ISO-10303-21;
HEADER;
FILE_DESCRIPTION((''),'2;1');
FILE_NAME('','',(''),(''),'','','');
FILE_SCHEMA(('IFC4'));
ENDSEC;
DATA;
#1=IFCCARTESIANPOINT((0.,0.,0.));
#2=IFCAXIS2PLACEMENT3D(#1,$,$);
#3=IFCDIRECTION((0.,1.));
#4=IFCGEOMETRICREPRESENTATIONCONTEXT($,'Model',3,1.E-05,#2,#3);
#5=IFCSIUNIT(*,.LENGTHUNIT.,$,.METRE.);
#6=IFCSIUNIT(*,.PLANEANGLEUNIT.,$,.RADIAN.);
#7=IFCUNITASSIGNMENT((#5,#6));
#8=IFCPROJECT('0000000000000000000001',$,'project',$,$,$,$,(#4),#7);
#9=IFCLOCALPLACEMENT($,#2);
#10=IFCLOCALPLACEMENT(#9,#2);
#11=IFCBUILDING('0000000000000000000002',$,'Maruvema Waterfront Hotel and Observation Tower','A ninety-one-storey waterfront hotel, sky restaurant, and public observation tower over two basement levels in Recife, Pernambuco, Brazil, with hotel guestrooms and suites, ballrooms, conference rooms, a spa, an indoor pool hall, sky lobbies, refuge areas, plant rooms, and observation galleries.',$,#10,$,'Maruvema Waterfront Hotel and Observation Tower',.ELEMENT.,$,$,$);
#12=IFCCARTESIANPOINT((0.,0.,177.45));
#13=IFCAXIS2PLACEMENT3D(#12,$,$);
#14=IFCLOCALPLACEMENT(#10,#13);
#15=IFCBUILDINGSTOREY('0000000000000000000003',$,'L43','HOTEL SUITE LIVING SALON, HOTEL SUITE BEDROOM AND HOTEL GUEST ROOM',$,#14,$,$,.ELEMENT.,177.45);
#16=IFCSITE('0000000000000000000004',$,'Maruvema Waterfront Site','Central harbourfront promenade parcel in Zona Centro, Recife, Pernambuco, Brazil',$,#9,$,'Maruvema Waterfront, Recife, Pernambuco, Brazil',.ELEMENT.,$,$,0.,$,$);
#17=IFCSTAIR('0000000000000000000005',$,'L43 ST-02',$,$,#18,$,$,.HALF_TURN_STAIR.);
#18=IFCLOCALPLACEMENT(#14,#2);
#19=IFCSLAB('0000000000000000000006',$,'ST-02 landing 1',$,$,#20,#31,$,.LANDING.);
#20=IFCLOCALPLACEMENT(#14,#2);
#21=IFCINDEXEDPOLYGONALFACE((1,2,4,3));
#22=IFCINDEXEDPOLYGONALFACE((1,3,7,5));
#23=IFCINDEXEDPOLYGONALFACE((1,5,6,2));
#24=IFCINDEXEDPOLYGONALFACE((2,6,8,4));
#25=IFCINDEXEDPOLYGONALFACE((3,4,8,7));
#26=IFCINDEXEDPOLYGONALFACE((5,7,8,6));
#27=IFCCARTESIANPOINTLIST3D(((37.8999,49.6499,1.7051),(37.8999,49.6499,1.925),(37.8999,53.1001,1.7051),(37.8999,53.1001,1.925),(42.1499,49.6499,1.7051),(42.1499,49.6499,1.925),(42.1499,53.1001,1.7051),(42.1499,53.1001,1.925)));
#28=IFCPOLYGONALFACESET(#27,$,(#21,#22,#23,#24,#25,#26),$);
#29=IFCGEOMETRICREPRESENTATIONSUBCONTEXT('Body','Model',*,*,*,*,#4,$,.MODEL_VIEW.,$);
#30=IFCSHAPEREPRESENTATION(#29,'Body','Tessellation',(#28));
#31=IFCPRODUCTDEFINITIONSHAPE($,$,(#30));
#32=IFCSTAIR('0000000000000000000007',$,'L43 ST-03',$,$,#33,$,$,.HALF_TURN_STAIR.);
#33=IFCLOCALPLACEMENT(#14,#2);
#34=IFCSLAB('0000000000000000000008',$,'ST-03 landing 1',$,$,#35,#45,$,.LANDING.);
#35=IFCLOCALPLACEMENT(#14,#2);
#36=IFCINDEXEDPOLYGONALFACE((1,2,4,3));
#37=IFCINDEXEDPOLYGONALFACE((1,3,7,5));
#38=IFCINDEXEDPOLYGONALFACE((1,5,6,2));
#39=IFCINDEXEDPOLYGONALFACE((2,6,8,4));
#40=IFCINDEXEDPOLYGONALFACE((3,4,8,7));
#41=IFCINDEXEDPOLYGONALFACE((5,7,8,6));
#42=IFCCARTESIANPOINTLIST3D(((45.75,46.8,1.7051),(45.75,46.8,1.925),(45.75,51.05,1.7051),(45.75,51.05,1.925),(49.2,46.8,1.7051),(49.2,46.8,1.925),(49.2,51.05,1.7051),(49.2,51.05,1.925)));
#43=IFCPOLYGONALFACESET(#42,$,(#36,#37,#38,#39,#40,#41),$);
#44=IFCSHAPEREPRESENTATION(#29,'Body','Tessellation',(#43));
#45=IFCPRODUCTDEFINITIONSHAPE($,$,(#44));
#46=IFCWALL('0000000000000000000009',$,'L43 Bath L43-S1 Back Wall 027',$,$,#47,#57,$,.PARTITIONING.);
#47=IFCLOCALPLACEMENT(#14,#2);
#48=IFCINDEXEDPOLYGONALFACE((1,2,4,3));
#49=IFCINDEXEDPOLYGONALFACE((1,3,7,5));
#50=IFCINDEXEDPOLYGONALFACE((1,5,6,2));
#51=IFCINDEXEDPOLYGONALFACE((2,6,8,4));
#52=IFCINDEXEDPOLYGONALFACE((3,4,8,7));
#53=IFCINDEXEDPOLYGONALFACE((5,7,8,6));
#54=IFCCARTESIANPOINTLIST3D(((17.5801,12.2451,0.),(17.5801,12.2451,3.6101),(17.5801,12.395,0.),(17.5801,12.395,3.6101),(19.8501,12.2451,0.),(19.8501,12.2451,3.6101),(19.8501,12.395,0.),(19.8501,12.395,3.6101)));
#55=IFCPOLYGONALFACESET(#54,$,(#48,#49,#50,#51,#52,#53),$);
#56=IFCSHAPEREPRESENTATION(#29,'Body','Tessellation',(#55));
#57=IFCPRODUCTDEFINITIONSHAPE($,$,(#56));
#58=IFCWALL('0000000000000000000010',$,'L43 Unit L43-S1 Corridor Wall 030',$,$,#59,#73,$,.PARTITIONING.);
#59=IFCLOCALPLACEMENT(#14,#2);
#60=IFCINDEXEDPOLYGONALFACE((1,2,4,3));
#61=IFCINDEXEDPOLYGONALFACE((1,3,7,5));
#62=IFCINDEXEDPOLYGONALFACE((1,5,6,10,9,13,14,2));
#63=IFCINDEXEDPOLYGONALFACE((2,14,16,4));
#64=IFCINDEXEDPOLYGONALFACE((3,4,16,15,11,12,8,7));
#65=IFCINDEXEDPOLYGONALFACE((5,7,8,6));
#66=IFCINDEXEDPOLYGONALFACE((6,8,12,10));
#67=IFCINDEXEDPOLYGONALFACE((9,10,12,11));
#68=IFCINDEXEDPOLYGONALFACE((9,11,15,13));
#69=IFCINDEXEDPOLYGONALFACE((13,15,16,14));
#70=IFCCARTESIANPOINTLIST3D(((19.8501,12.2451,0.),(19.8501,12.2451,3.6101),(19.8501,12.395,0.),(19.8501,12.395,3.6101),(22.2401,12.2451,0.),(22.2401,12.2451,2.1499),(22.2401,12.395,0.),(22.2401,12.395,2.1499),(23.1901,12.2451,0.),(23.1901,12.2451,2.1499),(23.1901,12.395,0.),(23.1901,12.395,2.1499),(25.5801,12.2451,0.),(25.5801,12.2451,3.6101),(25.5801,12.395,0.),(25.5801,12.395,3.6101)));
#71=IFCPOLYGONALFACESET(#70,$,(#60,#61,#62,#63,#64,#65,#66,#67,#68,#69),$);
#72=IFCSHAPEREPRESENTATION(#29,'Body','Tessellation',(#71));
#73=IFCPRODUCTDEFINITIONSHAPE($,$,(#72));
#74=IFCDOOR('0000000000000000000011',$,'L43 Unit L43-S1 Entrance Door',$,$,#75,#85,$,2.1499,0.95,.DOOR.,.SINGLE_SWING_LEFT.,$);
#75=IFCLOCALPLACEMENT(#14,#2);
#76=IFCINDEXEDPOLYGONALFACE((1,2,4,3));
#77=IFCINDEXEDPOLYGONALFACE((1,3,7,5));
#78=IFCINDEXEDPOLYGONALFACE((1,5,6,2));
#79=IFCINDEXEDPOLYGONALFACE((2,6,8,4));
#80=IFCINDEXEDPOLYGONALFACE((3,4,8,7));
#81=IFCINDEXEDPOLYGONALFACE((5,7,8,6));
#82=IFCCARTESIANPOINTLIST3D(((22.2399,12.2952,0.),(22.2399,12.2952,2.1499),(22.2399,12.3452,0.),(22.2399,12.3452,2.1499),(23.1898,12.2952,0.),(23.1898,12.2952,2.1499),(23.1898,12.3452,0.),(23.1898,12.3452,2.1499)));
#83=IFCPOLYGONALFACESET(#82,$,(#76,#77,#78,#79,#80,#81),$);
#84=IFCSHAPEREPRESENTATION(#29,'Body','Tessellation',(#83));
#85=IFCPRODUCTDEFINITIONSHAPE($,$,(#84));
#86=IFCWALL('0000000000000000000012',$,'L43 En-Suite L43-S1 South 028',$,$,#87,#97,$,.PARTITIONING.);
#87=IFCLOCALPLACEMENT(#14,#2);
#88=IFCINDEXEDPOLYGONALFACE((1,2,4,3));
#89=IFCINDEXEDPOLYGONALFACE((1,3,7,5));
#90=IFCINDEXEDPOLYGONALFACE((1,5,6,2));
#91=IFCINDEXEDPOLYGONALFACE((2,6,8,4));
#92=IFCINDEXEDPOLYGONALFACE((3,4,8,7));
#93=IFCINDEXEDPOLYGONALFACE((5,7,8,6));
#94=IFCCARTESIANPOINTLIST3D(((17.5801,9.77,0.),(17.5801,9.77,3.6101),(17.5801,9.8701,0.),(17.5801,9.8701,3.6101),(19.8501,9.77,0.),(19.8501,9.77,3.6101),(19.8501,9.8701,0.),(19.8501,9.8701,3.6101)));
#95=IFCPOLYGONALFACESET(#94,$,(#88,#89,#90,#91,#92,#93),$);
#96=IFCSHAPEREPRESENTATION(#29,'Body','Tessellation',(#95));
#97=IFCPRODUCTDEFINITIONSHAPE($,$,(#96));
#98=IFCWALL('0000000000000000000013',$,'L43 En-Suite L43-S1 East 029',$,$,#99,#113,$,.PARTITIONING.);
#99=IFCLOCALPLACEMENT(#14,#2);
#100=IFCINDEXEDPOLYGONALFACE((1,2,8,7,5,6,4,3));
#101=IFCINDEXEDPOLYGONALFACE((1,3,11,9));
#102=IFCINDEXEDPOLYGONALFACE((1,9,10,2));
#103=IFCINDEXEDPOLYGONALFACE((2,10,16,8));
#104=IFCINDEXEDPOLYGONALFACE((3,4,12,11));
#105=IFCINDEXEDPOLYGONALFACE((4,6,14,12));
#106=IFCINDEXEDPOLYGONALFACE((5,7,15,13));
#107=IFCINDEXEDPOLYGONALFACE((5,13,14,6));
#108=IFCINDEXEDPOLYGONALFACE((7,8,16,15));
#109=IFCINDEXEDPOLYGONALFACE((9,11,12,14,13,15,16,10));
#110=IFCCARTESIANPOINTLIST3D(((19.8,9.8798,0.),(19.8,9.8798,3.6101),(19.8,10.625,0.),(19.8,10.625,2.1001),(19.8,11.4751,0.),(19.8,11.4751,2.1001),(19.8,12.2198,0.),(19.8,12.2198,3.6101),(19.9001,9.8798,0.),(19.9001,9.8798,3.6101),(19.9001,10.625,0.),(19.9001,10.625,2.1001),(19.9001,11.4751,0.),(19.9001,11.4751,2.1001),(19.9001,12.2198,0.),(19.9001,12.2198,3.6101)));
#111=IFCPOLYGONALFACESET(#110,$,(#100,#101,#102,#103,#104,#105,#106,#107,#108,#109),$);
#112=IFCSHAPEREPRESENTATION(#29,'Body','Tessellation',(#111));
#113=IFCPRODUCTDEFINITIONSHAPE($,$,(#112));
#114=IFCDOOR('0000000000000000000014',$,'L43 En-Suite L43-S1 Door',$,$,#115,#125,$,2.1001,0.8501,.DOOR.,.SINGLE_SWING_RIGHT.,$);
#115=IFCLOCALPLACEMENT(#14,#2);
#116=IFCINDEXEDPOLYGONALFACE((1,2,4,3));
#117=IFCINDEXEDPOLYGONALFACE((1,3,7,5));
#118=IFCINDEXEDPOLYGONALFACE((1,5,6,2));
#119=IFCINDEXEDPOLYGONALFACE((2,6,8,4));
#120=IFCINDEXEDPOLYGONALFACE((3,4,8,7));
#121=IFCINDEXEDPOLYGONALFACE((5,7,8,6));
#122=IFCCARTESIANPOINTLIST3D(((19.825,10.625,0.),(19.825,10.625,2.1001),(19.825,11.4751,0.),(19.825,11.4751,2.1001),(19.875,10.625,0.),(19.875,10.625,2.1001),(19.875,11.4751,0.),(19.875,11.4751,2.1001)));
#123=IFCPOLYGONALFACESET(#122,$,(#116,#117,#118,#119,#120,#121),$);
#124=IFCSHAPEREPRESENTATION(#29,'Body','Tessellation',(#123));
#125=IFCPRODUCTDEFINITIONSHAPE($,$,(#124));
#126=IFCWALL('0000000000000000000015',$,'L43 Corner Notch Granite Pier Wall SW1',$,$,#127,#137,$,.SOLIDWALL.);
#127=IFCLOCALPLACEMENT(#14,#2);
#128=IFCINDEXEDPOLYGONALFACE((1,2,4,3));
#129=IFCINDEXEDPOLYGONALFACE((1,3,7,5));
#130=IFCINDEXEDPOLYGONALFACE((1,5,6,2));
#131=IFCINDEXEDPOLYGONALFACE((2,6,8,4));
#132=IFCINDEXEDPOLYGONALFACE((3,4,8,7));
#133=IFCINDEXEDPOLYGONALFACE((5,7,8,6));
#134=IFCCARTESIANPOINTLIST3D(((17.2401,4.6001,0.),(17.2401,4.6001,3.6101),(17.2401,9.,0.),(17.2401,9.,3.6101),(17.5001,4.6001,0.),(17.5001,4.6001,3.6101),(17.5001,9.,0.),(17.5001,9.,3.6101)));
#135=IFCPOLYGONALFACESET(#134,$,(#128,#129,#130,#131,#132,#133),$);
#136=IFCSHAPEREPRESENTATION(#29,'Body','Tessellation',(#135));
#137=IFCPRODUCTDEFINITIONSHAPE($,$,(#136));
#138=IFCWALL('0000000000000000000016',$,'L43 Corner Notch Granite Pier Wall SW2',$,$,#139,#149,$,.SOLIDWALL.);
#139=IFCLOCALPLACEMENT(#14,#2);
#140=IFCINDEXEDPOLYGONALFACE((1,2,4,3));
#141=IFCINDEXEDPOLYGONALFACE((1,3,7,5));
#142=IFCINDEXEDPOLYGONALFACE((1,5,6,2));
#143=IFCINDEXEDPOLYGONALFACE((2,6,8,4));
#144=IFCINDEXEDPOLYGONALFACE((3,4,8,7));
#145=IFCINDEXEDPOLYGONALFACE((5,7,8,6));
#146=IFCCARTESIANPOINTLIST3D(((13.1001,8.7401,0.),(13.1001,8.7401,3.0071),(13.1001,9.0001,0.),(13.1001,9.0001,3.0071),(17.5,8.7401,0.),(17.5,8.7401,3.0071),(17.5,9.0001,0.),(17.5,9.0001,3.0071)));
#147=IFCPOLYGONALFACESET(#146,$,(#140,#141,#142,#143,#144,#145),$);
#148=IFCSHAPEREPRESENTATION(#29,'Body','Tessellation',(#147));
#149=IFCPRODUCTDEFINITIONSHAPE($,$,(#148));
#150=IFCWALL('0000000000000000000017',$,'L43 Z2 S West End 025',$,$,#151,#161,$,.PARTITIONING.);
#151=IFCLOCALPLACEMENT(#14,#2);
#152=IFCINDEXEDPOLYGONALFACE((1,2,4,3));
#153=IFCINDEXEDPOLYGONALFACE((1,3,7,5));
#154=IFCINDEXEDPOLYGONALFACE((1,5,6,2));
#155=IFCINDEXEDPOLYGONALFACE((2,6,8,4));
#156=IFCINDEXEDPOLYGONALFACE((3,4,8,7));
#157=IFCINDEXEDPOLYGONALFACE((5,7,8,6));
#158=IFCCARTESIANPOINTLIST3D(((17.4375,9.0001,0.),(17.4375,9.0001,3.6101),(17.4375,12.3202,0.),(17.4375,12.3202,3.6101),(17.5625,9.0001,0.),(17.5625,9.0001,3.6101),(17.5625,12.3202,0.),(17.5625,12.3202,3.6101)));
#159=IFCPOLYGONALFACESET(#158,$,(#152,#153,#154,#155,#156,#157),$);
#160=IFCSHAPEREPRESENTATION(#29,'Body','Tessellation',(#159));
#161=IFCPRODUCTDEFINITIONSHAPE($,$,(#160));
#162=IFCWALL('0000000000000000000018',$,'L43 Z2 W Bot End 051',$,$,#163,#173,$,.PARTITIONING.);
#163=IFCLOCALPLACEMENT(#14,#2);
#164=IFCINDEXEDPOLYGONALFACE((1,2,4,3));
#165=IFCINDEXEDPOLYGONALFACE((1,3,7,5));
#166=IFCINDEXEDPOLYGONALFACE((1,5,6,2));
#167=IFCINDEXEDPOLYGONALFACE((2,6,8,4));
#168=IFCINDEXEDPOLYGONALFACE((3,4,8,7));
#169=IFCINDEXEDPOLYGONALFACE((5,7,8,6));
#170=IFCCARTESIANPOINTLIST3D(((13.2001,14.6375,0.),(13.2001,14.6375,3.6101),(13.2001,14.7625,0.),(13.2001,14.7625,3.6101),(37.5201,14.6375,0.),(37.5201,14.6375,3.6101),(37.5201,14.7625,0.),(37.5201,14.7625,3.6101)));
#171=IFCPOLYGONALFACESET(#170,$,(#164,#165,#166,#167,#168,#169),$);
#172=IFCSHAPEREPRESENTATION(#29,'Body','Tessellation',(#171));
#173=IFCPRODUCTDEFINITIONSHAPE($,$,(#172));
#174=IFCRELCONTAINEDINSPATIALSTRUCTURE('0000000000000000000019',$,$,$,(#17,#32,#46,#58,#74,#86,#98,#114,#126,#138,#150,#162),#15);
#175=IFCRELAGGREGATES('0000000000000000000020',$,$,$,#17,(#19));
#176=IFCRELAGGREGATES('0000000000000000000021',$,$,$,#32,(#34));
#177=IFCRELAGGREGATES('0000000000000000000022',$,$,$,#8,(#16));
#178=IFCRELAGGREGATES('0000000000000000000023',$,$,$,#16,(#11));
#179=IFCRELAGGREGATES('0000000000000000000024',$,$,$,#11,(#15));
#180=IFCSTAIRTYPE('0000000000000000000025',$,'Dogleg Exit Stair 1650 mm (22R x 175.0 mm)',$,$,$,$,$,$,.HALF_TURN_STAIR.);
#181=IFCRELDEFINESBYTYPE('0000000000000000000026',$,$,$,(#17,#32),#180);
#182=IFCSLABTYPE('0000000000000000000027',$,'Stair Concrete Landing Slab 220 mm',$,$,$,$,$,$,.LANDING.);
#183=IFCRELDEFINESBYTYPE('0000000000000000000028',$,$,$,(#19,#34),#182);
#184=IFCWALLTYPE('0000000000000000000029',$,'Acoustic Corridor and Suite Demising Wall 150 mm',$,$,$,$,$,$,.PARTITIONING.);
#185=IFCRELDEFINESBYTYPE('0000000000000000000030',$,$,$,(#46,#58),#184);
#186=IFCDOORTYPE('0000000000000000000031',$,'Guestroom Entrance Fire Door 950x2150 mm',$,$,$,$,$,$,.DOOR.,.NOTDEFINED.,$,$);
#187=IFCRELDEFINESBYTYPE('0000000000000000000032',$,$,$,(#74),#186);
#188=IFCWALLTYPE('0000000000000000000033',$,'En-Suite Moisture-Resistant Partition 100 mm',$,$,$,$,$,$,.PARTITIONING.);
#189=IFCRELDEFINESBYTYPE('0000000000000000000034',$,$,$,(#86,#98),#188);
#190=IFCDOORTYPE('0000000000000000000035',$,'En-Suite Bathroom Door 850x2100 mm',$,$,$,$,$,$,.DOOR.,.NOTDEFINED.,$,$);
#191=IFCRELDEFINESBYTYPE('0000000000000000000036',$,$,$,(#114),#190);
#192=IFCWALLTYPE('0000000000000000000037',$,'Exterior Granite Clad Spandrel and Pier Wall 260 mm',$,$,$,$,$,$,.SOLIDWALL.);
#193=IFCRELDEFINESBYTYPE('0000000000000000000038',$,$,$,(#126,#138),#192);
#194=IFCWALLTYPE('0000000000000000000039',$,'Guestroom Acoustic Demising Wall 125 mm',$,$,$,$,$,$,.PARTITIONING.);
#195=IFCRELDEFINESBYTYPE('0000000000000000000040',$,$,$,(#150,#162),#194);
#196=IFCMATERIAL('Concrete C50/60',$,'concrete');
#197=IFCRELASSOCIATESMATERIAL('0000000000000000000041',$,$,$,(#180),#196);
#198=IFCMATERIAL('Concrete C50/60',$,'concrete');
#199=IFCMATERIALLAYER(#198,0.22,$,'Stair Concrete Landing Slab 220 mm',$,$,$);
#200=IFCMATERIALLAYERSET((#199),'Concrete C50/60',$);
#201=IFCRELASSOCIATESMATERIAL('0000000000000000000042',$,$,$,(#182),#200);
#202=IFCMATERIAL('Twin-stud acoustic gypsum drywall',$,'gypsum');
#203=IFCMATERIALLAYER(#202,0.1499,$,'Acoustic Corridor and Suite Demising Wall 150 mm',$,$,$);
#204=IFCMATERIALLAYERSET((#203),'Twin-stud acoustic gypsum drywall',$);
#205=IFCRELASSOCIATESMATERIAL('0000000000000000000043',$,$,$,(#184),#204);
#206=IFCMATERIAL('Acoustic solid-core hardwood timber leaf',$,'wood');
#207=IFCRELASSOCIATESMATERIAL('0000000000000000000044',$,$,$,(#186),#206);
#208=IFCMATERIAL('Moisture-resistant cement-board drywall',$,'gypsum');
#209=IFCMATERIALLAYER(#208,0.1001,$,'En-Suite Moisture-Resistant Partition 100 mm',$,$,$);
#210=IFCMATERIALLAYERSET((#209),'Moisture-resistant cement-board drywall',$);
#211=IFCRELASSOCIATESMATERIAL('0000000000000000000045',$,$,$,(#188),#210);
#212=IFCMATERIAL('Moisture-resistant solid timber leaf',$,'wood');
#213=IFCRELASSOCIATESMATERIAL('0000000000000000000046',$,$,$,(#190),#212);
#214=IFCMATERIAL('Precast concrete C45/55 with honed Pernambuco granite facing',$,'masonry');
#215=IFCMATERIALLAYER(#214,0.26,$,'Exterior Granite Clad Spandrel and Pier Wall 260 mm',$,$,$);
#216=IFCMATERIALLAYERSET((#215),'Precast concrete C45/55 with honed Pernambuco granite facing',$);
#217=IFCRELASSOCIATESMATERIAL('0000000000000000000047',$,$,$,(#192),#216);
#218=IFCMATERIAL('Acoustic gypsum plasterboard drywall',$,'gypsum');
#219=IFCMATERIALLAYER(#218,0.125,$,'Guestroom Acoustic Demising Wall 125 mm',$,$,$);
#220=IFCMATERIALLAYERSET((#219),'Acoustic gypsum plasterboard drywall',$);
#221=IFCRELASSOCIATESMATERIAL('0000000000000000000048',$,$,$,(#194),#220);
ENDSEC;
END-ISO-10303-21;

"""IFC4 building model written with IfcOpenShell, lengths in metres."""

from ifc_helpers import new_model, si_unit, direction, frame, frame_2d, origin, place, context, subcontext, project, spatial, polyline, rectangle, outline, extrude, material, layer, layer_set, type_object, element, fill, aggregate, save


model = new_model("IFC4")

# Units and contexts
model_context = context("Model", 3, precision=1e-05, world=origin(), true_north=direction((0.0, 1.0)))
body_context = subcontext(model_context, "Body", "Model", "MODEL_VIEW")
ifc_project = project(units=[si_unit("LENGTHUNIT", "METRE"), si_unit("PLANEANGLEUNIT", "RADIAN")], contexts=[model_context])

# Site, building, storey
site_placement = place(None, origin())
site = spatial("IfcSite", under=ifc_project, at=site_placement, Name="Maruvema Waterfront Site", Description="Central harbourfront promenade parcel in Zona Centro, Recife, Pernambuco, Brazil", LongName="Maruvema Waterfront, Recife, Pernambuco, Brazil", CompositionType="ELEMENT", RefElevation=0.0)
building_placement = place(site_placement, origin())
building = spatial("IfcBuilding", under=site, at=building_placement, Name="Maruvema Waterfront Hotel and Observation Tower", Description="A ninety-one-storey waterfront hotel, sky restaurant, and public observation tower over two basement levels in Recife, Pernambuco, Brazil, with hotel guestrooms and suites, ballrooms, conference rooms, a spa, an indoor pool hall, sky lobbies, refuge areas, plant rooms, and observation galleries.", LongName="Maruvema Waterfront Hotel and Observation Tower", CompositionType="ELEMENT")
storey_placement = place(building_placement, frame((0.0, 0.0, 177.45)))
storey = spatial("IfcBuildingStorey", under=building, at=storey_placement, Name="L43", Description="HOTEL SUITE LIVING SALON, HOTEL SUITE BEDROOM AND HOTEL GUEST ROOM", CompositionType="ELEMENT", Elevation=177.45)

# Stairs, slabs
ifc_material_1 = material(Name="Concrete C50/60", Category="concrete")
stair_type = type_object("IfcStairType", Name="Dogleg Exit Stair 1650 mm (22R x 175.0 mm)", PredefinedType="HALF_TURN_STAIR", material=ifc_material_1)
ifc_material_2 = material(Name="Concrete C50/60", Category="concrete")
ifc_layer_1 = layer(ifc_material_2, 0.22, Name="Stair Concrete Landing Slab 220 mm")
ifc_layer_set_1 = layer_set([ifc_layer_1], Name="Concrete C50/60")
slab_type_1 = type_object("IfcSlabType", Name="Stair Concrete Landing Slab 220 mm", PredefinedType="LANDING", material=ifc_layer_set_1)
stair_1_placement = place(storey_placement, origin())
stair_1 = element("IfcStair", 1, at=stair_1_placement, inside=storey, type_object=stair_type, Name="L43 ST-02", PredefinedType="HALF_TURN_STAIR")
slab_1_placement = place(storey_placement, frame((0.0, 0.0, 1.7051)))
slab_1 = element("IfcSlab", 2, at=slab_1_placement, type_object=slab_type_1, Name="ST-02 landing 1", PredefinedType="LANDING", context=body_context, shape_type="SweptSolid", body=[
    extrude(outline(polyline([(37.8999, 49.6499), (42.1499, 49.6499), (42.1499, 53.1001), (37.8999, 53.1001), (37.8999, 49.6499)])), origin(), (0.0, 0.0, 1.0), 0.22),
])
aggregate(stair_1, [slab_1])
stair_2_placement = place(storey_placement, origin())
stair_2 = element("IfcStair", 3, at=stair_2_placement, inside=storey, type_object=stair_type, Name="L43 ST-03", PredefinedType="HALF_TURN_STAIR")
slab_2_placement = place(storey_placement, frame((0.0, 0.0, 1.7051)))
slab_2 = element("IfcSlab", 4, at=slab_2_placement, type_object=slab_type_1, Name="ST-03 landing 1", PredefinedType="LANDING", context=body_context, shape_type="SweptSolid", body=[
    extrude(outline(polyline([(49.2, 46.8), (49.2, 51.05), (45.75, 51.05), (45.75, 46.8), (49.2, 46.8)])), origin(), (0.0, 0.0, 1.0), 0.22),
])
aggregate(stair_2, [slab_2])

# Wall
ifc_material_3 = material(Name="Twin-stud acoustic gypsum drywall", Category="gypsum")
ifc_layer_2 = layer(ifc_material_3, 0.1499, Name="Acoustic Corridor and Suite Demising Wall 150 mm")
ifc_layer_set_2 = layer_set([ifc_layer_2], Name="Twin-stud acoustic gypsum drywall")
wall_type_1 = type_object("IfcWallType", Name="Acoustic Corridor and Suite Demising Wall 150 mm", PredefinedType="PARTITIONING", material=ifc_layer_set_2)
wall_1_placement = place(storey_placement, frame((17.5801, 12.3201, 0.0), z_axis=(0.0, 0.0, 1.0), x_axis=(1.0, 0.0, 0.0)))
element("IfcWall", 5, at=wall_1_placement, inside=storey, type_object=wall_type_1, Name="L43 Bath L43-S1 Back Wall 027", PredefinedType="PARTITIONING", context=body_context, shape_type="SweptSolid", body=[
    extrude(rectangle(XDim=2.27, YDim=0.1499, at=frame_2d((1.135, 0.0))), origin(), (0.0, 0.0, 1.0), 3.6101),
])

# Wall, opening, door
wall_2_placement = place(storey_placement, frame((19.8501, 12.3201, 0.0), z_axis=(0.0, 0.0, 1.0), x_axis=(1.0, 0.0, 0.0)))
wall_2 = element("IfcWall", 6, at=wall_2_placement, inside=storey, type_object=wall_type_1, Name="L43 Unit L43-S1 Corridor Wall 030", PredefinedType="PARTITIONING", context=body_context, shape_type="SweptSolid", body=[
    extrude(rectangle(XDim=5.73, YDim=0.1499, at=frame_2d((2.865, 0.0))), origin(), (0.0, 0.0, 1.0), 3.6101),
])
opening_1_placement = place(wall_2_placement, frame((2.3899, 0.0, 0.0)))
opening_1 = element("IfcOpeningElement", 7, at=opening_1_placement, cuts=wall_2, PredefinedType="OPENING", context=body_context, shape_type="SweptSolid", body=[
    extrude(rectangle(XDim=0.95, YDim=2.1499, at=frame_2d((0.4751, 1.075))), frame((0.0, 0.085, 0.0), z_axis=(0.0, -1.0, 0.0), x_axis=(1.0, 0.0, 0.0)), (0.0, 0.0, 1.0), 0.1699),
])
ifc_material_4 = material(Name="Acoustic solid-core hardwood timber leaf", Category="wood")
door_type_1 = type_object("IfcDoorType", Name="Guestroom Entrance Fire Door 950x2150 mm", OperationType="NOTDEFINED", PredefinedType="DOOR", material=ifc_material_4)
door_1_placement = place(opening_1_placement, frame((0.95, 0.0, 0.0), z_axis=(0.0, 0.0, 1.0), x_axis=(-1.0, 0.0, 0.0)))
door_1 = element("IfcDoor", 8, at=door_1_placement, inside=storey, type_object=door_type_1, Name="L43 Unit L43-S1 Entrance Door", OperationType="SINGLE_SWING_LEFT", OverallHeight=2.1499, OverallWidth=0.95, PredefinedType="DOOR", context=body_context, shape_type="SweptSolid", body=[
    extrude(rectangle(XDim=0.95, YDim=2.1499, at=frame_2d((0.4751, 1.075))), frame((0.0, 0.0249, 0.0), z_axis=(0.0, -1.0, 0.0), x_axis=(1.0, 0.0, 0.0)), (0.0, 0.0, 1.0), 0.05),
])
fill(opening_1, door_1)

# Wall
ifc_material_5 = material(Name="Moisture-resistant cement-board drywall", Category="gypsum")
ifc_layer_3 = layer(ifc_material_5, 0.1001, Name="En-Suite Moisture-Resistant Partition 100 mm")
ifc_layer_set_3 = layer_set([ifc_layer_3], Name="Moisture-resistant cement-board drywall")
wall_type_2 = type_object("IfcWallType", Name="En-Suite Moisture-Resistant Partition 100 mm", PredefinedType="PARTITIONING", material=ifc_layer_set_3)
wall_3_placement = place(storey_placement, frame((17.5801, 9.8201, 0.0), z_axis=(0.0, 0.0, 1.0), x_axis=(1.0, 0.0, 0.0)))
element("IfcWall", 9, at=wall_3_placement, inside=storey, type_object=wall_type_2, Name="L43 En-Suite L43-S1 South 028", PredefinedType="PARTITIONING", context=body_context, shape_type="SweptSolid", body=[
    extrude(rectangle(XDim=2.27, YDim=0.1001, at=frame_2d((1.135, 0.0))), origin(), (0.0, 0.0, 1.0), 3.6101),
])

# Wall, opening, door
wall_4_placement = place(storey_placement, frame((19.8501, 9.8799, 0.0), z_axis=(0.0, 0.0, 1.0), x_axis=(0.0, 1.0, 0.0)))
wall_4 = element("IfcWall", 10, at=wall_4_placement, inside=storey, type_object=wall_type_2, Name="L43 En-Suite L43-S1 East 029", PredefinedType="PARTITIONING", context=body_context, shape_type="SweptSolid", body=[
    extrude(rectangle(XDim=2.3401, YDim=0.1001, at=frame_2d((1.1699, 0.0))), origin(), (0.0, 0.0, 1.0), 3.6101),
])
opening_2_placement = place(wall_4_placement, frame((0.7451, 0.0, 0.0)))
opening_2 = element("IfcOpeningElement", 11, at=opening_2_placement, cuts=wall_4, PredefinedType="OPENING", context=body_context, shape_type="SweptSolid", body=[
    extrude(rectangle(XDim=0.8501, YDim=2.1001, at=frame_2d((0.425, 1.05))), frame((0.0, 0.0601, 0.0), z_axis=(0.0, -1.0, 0.0), x_axis=(1.0, 0.0, 0.0)), (0.0, 0.0, 1.0), 0.1201),
])
ifc_material_6 = material(Name="Moisture-resistant solid timber leaf", Category="wood")
door_type_2 = type_object("IfcDoorType", Name="En-Suite Bathroom Door 850x2100 mm", OperationType="NOTDEFINED", PredefinedType="DOOR", material=ifc_material_6)
door_2_placement = place(opening_2_placement, frame((0.8501, 0.0, 0.0), z_axis=(0.0, 0.0, 1.0), x_axis=(-1.0, 0.0, 0.0)))
door_2 = element("IfcDoor", 12, at=door_2_placement, inside=storey, type_object=door_type_2, Name="L43 En-Suite L43-S1 Door", OperationType="SINGLE_SWING_RIGHT", OverallHeight=2.1001, OverallWidth=0.8501, PredefinedType="DOOR", context=body_context, shape_type="SweptSolid", body=[
    extrude(rectangle(XDim=0.8501, YDim=2.1001, at=frame_2d((0.425, 1.05))), frame((0.0, 0.0249, 0.0), z_axis=(0.0, -1.0, 0.0), x_axis=(1.0, 0.0, 0.0)), (0.0, 0.0, 1.0), 0.05),
])
fill(opening_2, door_2)

# Walls
ifc_material_7 = material(Name="Precast concrete C45/55 with honed Pernambuco granite facing", Category="masonry")
ifc_layer_4 = layer(ifc_material_7, 0.26, Name="Exterior Granite Clad Spandrel and Pier Wall 260 mm")
ifc_layer_set_4 = layer_set([ifc_layer_4], Name="Precast concrete C45/55 with honed Pernambuco granite facing")
wall_type_3 = type_object("IfcWallType", Name="Exterior Granite Clad Spandrel and Pier Wall 260 mm", PredefinedType="SOLIDWALL", material=ifc_layer_set_4)
wall_5_placement = place(storey_placement, frame((17.3701, 4.6001, 0.0), z_axis=(0.0, 0.0, 1.0), x_axis=(0.0, 1.0, 0.0)))
element("IfcWall", 13, at=wall_5_placement, inside=storey, type_object=wall_type_3, Name="L43 Corner Notch Granite Pier Wall SW1", PredefinedType="SOLIDWALL", context=body_context, shape_type="SweptSolid", body=[
    extrude(rectangle(XDim=4.3999, YDim=0.26, at=frame_2d((2.2, 0.0))), origin(), (0.0, 0.0, 1.0), 3.6101),
])
wall_6_placement = place(storey_placement, frame((17.5, 8.8701, 0.0), z_axis=(0.0, 0.0, 1.0), x_axis=(-1.0, 0.0, 0.0)))
element("IfcWall", 14, at=wall_6_placement, inside=storey, type_object=wall_type_3, Name="L43 Corner Notch Granite Pier Wall SW2", PredefinedType="SOLIDWALL", context=body_context, shape_type="SweptSolid", body=[
    extrude(rectangle(XDim=4.3999, YDim=0.26, at=frame_2d((2.2, 0.0))), origin(), (0.0, 0.0, 1.0), 3.0071),
])
ifc_material_8 = material(Name="Acoustic gypsum plasterboard drywall", Category="gypsum")
ifc_layer_5 = layer(ifc_material_8, 0.125, Name="Guestroom Acoustic Demising Wall 125 mm")
ifc_layer_set_5 = layer_set([ifc_layer_5], Name="Acoustic gypsum plasterboard drywall")
wall_type_4 = type_object("IfcWallType", Name="Guestroom Acoustic Demising Wall 125 mm", PredefinedType="PARTITIONING", material=ifc_layer_set_5)
wall_7_placement = place(storey_placement, frame((17.5, 9.0, 0.0), z_axis=(0.0, 0.0, 1.0), x_axis=(0.0, 1.0, 0.0)))
element("IfcWall", 15, at=wall_7_placement, inside=storey, type_object=wall_type_4, Name="L43 Z2 S West End 025", PredefinedType="PARTITIONING", context=body_context, shape_type="SweptSolid", body=[
    extrude(rectangle(XDim=3.3201, YDim=0.125, at=frame_2d((1.6602, 0.0))), origin(), (0.0, 0.0, 1.0), 3.6101),
])
wall_8_placement = place(storey_placement, frame((13.2, 14.7, 0.0), z_axis=(0.0, 0.0, 1.0), x_axis=(1.0, 0.0, 0.0)))
element("IfcWall", 16, at=wall_8_placement, inside=storey, type_object=wall_type_4, Name="L43 Z2 W Bot End 051", PredefinedType="PARTITIONING", context=body_context, shape_type="SweptSolid", body=[
    extrude(rectangle(XDim=24.3201, YDim=0.125, at=frame_2d((12.1602, 0.0))), origin(), (0.0, 0.0, 1.0), 3.6101),
])

save(model, "model.ifc")
